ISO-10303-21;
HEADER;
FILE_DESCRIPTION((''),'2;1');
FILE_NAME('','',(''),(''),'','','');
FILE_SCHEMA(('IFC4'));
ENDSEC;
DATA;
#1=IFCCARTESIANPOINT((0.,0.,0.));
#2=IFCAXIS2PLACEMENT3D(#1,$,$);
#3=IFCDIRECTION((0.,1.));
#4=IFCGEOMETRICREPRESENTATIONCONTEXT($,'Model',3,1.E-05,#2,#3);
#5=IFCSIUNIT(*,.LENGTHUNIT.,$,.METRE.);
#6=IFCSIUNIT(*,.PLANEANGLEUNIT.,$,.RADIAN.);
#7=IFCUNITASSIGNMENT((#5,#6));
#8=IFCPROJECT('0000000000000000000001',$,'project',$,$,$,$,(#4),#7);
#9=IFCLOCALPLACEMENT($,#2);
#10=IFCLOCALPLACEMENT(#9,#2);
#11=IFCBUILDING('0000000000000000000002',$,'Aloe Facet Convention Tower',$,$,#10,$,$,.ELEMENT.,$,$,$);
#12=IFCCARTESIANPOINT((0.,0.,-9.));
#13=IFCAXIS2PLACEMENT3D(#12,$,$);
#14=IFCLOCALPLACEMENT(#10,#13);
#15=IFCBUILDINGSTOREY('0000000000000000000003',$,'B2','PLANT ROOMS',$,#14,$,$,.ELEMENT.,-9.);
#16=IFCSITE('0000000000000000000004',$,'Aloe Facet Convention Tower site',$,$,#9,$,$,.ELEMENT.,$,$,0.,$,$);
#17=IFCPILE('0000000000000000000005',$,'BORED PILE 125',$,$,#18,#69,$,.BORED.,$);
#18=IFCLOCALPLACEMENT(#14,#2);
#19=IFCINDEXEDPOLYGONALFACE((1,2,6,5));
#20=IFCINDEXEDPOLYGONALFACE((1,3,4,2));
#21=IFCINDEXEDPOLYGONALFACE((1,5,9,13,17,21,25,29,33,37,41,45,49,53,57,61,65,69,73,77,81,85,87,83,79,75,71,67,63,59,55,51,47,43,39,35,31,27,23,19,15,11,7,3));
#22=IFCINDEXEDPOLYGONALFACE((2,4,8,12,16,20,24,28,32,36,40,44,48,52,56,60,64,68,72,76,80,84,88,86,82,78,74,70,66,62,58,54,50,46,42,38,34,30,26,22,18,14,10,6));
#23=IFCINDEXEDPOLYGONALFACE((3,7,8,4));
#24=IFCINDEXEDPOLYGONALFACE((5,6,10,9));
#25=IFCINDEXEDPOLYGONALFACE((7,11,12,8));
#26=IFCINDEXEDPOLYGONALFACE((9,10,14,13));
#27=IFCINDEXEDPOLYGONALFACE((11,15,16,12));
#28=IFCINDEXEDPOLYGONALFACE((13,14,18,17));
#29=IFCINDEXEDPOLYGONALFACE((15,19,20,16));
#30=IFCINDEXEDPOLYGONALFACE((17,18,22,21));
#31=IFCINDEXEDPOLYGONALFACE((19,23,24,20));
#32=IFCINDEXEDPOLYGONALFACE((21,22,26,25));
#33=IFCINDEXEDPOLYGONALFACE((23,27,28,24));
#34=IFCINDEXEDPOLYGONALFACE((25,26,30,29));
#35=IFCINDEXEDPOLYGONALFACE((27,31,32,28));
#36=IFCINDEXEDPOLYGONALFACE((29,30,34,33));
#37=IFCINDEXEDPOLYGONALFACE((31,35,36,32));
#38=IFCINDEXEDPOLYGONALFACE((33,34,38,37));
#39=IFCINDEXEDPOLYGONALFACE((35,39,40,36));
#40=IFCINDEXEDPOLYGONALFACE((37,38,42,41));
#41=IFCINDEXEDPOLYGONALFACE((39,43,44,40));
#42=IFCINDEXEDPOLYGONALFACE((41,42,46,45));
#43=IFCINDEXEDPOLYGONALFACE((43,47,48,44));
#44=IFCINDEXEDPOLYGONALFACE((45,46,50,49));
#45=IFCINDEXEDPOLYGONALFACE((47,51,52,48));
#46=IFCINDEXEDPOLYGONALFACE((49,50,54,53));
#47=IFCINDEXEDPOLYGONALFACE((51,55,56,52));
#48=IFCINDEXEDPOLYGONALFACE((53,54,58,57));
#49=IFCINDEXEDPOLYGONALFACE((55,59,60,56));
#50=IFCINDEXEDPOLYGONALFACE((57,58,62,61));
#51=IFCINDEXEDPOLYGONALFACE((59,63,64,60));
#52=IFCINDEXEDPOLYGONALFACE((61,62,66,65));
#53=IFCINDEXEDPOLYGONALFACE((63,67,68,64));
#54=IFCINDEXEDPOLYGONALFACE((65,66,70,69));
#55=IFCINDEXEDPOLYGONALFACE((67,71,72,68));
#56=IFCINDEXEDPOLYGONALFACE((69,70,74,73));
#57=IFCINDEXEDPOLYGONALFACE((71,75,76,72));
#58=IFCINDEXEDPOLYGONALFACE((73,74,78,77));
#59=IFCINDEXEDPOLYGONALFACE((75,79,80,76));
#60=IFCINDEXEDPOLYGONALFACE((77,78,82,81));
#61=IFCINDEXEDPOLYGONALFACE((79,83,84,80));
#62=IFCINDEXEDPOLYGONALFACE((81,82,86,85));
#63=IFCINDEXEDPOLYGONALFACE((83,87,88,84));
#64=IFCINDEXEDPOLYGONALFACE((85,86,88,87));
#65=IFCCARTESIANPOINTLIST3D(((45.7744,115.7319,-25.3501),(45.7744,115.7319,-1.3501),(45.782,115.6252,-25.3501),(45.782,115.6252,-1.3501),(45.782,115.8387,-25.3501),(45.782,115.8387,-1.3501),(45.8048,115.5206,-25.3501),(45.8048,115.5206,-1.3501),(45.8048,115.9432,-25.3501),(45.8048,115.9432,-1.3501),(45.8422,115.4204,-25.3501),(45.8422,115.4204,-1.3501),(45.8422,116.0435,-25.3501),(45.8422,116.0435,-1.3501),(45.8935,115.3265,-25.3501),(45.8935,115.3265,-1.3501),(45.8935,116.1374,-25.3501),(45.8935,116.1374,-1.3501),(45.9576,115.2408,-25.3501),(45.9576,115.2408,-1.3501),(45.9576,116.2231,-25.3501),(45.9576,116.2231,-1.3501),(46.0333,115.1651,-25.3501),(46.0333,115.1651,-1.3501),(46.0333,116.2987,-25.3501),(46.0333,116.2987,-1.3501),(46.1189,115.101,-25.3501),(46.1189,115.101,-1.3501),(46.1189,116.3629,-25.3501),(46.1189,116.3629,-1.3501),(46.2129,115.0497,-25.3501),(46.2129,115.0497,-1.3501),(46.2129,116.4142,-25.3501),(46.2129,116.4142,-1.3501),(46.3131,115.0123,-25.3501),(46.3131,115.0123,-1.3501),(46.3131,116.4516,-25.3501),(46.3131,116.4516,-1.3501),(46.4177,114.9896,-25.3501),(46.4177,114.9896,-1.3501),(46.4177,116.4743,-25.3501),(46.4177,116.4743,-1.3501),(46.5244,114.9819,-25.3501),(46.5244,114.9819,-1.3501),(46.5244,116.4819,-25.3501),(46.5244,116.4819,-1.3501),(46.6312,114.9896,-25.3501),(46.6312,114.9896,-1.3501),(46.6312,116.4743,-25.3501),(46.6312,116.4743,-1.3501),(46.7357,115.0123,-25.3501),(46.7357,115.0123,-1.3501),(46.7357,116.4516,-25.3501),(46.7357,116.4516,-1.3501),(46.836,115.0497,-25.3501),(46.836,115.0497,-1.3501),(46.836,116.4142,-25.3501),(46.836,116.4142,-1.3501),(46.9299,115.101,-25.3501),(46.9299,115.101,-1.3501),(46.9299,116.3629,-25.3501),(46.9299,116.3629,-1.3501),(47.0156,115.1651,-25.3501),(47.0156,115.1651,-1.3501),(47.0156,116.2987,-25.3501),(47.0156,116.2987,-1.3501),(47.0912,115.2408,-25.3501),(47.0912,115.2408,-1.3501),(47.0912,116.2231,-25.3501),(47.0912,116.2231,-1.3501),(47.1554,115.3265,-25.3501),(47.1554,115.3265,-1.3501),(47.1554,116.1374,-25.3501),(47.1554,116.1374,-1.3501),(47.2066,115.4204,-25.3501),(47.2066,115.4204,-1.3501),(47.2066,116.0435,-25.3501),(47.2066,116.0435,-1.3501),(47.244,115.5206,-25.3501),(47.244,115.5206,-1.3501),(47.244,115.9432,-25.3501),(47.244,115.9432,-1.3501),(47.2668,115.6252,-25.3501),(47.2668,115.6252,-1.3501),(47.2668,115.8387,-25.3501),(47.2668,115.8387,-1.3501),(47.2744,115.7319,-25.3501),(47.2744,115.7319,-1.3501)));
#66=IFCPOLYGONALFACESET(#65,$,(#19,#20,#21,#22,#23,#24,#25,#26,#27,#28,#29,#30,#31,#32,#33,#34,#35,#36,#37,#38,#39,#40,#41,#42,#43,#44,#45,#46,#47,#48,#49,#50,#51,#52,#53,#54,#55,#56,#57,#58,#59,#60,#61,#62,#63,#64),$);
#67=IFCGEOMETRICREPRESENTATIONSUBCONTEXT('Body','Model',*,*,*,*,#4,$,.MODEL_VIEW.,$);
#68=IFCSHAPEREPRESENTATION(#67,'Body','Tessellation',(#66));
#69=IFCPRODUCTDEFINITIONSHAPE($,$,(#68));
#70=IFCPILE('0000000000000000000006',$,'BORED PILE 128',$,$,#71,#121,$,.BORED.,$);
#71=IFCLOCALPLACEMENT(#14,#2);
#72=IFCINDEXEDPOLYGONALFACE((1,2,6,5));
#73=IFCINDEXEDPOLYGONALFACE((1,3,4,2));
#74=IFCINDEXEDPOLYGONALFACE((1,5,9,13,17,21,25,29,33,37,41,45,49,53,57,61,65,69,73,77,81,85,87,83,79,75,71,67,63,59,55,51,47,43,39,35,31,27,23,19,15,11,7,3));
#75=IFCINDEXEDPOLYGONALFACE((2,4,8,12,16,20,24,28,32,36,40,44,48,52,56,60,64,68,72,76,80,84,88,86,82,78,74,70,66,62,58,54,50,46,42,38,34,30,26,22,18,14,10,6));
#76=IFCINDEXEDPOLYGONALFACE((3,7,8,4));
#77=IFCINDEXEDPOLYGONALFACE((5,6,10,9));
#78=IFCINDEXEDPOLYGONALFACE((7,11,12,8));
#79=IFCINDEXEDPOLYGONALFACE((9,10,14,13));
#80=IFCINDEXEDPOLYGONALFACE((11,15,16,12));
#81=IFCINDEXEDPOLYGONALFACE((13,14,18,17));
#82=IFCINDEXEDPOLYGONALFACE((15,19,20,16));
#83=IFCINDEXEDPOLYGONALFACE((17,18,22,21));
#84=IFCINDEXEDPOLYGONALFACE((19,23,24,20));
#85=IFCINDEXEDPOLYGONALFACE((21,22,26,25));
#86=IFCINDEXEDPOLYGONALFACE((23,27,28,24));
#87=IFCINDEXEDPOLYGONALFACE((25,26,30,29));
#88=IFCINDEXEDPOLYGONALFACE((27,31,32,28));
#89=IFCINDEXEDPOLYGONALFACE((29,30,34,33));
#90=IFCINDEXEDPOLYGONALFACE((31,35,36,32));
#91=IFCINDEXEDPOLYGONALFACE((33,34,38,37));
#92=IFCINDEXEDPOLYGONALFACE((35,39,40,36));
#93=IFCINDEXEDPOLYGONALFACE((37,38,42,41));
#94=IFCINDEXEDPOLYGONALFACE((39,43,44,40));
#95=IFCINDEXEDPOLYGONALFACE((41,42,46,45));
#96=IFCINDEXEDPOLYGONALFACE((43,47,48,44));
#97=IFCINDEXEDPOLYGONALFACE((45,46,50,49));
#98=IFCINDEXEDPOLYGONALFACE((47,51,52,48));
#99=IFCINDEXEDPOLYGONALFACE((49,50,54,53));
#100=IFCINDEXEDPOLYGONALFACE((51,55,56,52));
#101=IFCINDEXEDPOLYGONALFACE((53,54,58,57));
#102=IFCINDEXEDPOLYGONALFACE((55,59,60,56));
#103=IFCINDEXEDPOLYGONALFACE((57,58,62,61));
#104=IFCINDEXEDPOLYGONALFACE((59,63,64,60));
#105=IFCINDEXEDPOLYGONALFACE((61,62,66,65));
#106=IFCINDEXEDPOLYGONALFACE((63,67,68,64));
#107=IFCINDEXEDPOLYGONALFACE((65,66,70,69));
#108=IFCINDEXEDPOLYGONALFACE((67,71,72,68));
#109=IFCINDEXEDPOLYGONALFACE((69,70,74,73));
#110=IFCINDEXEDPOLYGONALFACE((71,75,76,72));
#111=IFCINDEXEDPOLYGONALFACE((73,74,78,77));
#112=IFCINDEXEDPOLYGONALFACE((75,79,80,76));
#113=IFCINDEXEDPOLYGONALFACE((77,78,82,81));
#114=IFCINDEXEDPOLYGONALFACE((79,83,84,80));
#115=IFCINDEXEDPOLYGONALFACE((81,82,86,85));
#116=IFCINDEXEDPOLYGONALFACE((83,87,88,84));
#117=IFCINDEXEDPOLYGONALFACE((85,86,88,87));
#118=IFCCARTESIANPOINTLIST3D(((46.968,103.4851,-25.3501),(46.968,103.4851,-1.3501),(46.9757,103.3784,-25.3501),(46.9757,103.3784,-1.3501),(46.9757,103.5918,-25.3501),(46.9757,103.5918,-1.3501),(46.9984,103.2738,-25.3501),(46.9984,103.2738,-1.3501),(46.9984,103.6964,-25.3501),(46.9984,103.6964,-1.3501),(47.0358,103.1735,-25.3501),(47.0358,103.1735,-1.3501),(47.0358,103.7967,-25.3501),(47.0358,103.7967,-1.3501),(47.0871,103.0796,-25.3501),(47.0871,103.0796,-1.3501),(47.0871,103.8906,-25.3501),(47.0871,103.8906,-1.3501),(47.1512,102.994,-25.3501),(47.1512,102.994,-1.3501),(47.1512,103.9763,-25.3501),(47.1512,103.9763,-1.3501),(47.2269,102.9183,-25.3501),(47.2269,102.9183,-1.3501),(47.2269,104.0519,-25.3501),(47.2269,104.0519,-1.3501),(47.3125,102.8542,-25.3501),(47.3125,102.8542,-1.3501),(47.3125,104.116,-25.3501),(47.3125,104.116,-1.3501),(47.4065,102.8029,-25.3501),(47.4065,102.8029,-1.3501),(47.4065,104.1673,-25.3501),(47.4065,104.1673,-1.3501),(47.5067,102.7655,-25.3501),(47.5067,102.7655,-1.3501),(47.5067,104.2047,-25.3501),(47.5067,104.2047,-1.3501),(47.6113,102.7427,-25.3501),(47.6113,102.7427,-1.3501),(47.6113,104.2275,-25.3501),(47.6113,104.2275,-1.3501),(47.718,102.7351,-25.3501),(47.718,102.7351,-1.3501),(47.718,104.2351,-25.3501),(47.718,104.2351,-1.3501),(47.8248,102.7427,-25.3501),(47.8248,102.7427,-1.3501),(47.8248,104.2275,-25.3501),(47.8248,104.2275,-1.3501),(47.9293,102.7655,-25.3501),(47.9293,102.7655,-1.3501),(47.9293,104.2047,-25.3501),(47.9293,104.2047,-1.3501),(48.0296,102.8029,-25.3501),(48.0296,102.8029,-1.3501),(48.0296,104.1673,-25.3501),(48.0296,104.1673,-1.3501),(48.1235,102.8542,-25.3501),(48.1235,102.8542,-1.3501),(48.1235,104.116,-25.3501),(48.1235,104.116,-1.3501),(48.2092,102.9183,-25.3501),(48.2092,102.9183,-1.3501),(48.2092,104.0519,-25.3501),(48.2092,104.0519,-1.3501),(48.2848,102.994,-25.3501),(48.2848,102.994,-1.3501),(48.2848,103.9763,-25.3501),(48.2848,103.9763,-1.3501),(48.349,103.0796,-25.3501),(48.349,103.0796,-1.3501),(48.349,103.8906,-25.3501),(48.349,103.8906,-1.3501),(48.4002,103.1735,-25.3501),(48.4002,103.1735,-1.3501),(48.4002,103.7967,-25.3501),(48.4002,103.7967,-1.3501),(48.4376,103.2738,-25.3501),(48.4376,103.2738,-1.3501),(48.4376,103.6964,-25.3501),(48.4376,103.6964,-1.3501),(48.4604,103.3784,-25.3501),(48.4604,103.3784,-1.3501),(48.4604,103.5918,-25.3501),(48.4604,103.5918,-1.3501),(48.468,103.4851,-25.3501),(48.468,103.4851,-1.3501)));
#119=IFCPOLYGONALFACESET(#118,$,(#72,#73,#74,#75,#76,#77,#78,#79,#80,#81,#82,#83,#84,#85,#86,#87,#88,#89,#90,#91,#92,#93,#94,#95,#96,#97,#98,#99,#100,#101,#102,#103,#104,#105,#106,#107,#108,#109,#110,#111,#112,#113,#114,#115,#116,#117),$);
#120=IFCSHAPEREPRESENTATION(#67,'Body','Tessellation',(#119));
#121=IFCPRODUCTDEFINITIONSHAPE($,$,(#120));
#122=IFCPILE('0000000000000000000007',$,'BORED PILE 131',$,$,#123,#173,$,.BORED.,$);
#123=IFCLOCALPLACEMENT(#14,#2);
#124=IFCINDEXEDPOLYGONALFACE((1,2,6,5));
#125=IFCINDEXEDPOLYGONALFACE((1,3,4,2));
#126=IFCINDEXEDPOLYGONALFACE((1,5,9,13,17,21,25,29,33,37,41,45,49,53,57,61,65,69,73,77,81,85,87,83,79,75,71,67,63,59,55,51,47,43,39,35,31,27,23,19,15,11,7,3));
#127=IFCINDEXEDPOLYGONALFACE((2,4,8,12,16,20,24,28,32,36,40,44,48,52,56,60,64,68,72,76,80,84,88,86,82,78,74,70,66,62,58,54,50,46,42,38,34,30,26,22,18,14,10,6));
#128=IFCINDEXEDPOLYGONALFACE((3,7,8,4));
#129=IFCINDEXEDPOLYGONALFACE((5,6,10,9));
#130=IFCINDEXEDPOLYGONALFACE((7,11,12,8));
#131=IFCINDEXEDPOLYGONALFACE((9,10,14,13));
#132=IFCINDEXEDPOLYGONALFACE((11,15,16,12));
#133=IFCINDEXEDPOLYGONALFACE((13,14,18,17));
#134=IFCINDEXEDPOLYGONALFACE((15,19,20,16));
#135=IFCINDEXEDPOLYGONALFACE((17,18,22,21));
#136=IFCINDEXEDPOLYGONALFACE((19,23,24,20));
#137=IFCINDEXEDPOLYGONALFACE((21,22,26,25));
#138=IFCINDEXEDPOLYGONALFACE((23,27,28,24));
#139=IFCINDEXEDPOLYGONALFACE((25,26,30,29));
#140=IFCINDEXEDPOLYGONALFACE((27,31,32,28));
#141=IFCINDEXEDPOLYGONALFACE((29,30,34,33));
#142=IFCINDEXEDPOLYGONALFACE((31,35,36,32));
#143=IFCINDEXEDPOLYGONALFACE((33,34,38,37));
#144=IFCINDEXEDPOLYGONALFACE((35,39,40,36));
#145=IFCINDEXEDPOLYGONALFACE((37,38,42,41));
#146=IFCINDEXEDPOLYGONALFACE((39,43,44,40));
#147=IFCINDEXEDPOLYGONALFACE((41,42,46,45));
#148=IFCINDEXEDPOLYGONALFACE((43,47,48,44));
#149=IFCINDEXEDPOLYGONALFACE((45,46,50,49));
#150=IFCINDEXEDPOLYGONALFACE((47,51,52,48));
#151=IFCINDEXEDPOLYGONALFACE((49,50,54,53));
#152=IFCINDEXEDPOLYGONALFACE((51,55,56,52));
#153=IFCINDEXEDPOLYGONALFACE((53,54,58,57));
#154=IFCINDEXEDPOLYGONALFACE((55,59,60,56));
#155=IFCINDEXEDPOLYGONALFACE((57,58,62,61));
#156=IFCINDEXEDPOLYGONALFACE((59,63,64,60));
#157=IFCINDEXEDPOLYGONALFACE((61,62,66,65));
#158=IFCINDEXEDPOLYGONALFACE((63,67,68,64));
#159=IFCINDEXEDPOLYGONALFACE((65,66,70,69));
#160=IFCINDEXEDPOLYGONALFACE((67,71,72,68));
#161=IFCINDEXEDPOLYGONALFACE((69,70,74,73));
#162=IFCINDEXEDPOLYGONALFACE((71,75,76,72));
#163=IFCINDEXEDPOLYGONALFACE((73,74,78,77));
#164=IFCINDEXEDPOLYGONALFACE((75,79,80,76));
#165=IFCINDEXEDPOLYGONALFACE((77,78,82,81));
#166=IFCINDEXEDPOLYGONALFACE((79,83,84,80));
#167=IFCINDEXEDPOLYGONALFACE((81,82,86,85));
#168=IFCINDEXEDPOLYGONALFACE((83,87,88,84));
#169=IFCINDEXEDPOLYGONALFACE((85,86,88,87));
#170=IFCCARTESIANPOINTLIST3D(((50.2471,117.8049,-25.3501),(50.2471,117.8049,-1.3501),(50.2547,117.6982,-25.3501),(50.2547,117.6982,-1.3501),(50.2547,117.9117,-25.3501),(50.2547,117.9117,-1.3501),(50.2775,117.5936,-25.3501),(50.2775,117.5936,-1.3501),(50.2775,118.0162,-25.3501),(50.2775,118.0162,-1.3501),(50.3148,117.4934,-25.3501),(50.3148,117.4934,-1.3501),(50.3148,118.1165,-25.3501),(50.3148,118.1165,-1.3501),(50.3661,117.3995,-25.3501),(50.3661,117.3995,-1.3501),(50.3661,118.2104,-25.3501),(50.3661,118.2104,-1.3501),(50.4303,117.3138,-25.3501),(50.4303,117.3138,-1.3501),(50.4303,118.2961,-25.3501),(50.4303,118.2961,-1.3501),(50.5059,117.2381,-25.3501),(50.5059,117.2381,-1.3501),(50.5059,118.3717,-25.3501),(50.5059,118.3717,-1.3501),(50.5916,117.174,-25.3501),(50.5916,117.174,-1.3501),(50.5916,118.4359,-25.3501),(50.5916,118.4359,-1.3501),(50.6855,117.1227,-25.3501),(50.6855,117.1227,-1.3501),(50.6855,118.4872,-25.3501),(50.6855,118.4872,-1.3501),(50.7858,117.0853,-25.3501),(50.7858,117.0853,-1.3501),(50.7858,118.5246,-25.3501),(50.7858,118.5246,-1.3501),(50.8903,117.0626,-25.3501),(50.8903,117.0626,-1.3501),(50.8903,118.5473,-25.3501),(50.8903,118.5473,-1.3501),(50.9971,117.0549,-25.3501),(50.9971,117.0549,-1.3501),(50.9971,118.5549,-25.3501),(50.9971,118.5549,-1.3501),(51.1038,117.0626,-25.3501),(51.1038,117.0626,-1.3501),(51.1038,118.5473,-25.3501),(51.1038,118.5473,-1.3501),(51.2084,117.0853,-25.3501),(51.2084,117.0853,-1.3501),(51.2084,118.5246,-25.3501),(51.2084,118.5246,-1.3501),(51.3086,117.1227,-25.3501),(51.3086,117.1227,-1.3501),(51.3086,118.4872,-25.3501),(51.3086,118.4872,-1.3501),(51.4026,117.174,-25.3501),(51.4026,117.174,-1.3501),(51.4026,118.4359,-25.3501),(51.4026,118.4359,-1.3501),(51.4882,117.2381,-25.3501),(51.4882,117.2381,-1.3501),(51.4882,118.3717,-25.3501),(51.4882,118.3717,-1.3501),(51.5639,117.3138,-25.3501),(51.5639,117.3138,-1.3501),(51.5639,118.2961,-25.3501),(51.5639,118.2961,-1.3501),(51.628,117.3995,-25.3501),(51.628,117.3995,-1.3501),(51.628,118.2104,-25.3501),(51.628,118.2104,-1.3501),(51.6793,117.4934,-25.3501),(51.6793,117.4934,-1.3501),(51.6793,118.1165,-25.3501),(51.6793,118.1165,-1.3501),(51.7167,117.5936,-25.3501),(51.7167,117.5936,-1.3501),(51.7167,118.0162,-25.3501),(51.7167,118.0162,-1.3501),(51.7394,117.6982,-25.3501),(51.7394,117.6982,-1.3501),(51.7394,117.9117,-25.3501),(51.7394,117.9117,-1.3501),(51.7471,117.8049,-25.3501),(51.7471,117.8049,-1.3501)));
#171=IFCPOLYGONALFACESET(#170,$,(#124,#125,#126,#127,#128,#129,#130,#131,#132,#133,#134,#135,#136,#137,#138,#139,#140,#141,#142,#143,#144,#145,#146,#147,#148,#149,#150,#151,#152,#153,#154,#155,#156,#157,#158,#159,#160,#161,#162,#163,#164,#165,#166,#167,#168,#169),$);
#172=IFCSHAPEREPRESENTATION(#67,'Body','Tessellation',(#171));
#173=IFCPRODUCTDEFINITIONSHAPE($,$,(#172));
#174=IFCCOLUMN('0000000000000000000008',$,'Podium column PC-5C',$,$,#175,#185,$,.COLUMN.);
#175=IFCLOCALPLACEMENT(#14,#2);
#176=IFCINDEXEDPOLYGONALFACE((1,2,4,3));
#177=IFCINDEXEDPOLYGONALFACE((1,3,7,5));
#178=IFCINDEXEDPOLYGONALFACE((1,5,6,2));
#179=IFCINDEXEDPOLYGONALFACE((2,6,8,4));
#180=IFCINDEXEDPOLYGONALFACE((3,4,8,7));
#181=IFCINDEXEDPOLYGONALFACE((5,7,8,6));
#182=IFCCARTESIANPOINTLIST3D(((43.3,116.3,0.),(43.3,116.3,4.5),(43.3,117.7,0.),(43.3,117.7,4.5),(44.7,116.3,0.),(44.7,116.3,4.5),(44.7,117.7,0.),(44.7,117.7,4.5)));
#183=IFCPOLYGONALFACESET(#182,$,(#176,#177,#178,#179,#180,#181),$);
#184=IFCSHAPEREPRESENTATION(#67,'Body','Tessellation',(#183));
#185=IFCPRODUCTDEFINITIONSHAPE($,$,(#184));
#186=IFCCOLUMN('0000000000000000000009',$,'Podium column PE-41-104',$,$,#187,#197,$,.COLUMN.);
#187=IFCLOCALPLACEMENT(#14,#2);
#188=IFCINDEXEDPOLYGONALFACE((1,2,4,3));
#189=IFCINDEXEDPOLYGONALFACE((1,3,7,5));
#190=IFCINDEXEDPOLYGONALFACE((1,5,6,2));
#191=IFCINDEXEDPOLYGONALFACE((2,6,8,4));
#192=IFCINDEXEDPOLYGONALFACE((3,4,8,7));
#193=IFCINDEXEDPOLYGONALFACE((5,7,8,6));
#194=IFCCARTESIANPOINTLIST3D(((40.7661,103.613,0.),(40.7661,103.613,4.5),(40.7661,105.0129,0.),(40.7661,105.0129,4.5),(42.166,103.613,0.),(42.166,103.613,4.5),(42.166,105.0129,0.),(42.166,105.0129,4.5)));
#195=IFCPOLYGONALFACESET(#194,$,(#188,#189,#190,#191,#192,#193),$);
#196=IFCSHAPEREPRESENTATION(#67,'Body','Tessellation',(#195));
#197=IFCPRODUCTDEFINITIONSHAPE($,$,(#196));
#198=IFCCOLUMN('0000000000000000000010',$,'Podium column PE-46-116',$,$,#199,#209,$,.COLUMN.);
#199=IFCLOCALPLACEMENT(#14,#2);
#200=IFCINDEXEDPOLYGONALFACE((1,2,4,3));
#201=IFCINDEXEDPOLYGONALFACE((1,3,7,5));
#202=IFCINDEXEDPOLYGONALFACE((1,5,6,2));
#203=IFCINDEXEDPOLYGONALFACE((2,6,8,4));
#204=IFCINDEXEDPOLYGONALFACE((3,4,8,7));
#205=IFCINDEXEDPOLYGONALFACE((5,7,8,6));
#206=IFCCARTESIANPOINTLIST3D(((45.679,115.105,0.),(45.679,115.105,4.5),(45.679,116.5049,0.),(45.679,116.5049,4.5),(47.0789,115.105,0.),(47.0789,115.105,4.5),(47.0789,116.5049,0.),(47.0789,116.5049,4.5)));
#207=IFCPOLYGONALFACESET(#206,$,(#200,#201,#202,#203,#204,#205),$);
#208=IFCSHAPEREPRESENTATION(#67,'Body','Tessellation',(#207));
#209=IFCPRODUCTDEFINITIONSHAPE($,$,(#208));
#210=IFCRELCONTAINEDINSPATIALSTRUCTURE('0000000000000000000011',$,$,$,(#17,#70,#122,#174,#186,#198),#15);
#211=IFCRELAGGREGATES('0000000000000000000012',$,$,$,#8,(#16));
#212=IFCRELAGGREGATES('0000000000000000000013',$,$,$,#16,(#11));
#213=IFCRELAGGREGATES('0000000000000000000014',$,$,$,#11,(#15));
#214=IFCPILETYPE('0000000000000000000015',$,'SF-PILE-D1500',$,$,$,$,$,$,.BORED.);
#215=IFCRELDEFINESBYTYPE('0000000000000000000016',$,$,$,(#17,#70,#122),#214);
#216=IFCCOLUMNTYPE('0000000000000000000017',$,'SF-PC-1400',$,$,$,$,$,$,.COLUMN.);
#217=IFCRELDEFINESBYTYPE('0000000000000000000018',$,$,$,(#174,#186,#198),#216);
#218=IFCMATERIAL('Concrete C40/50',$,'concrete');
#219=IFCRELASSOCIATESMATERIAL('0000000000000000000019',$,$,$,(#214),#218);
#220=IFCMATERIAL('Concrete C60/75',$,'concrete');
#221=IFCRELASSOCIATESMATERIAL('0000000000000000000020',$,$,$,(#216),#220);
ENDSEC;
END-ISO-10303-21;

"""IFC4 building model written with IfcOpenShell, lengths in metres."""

from ifc_helpers import new_model, si_unit, direction, frame, origin, origin_2d, place, context, subcontext, project, spatial, rectangle, circle, extrude, material, material_profile, profile_set, type_object, element, save


model = new_model("IFC4")

# Units and contexts
model_context = context("Model", 3, precision=1e-05, world=origin(), true_north=direction((0.0, 1.0)))
body_context = subcontext(model_context, "Body", "Model", "MODEL_VIEW")
ifc_project = project(units=[si_unit("LENGTHUNIT", "METRE"), si_unit("PLANEANGLEUNIT", "RADIAN")], contexts=[model_context])

# Site, building, storey
site_placement = place(None, origin())
site = spatial("IfcSite", under=ifc_project, at=site_placement, Name="Aloe Facet Convention Tower site", CompositionType="ELEMENT", RefElevation=0.0)
building_placement = place(site_placement, origin())
building = spatial("IfcBuilding", under=site, at=building_placement, Name="Aloe Facet Convention Tower", CompositionType="ELEMENT")
storey_placement = place(building_placement, frame((0.0, 0.0, -9.0)))
storey = spatial("IfcBuildingStorey", under=building, at=storey_placement, Name="B2", Description="PLANT ROOMS", CompositionType="ELEMENT", Elevation=-9.0)

# Piles
ifc_material_1 = material(Name="Concrete C40/50", Category="concrete")
ifc_material_profile_1 = material_profile(ifc_material_1, circle(Radius=0.75, at=origin_2d()), Name="D1500")
ifc_profile_set_1 = profile_set([ifc_material_profile_1], Name="Concrete C40/50")
pile_type = type_object("IfcPileType", Name="SF-PILE-D1500", PredefinedType="BORED", material=ifc_profile_set_1)
for number, where, z_axis, x_axis, name in (
    (1, (46.5244, 115.7319, -1.3501), (0.0, 0.0, -1.0), (1.0, 0.0, 0.0), "BORED PILE 125"),
    (2, (47.718, 103.4851, -1.3501), (0.0, 0.0, -1.0), (1.0, 0.0, 0.0), "BORED PILE 128"),
    (3, (50.9971, 117.8049, -1.3501), (0.0, 0.0, -1.0), (1.0, 0.0, 0.0), "BORED PILE 131"),
):
    element("IfcPile", number, at=place(storey_placement, frame(where, z_axis=z_axis, x_axis=x_axis)), inside=storey, type_object=pile_type, Name=name, PredefinedType="BORED", context=body_context, shape_type="SweptSolid", body=[
        extrude(circle(Radius=0.75, at=origin_2d()), origin(), (0.0, 0.0, 1.0), 24.0),
    ])

# Columns
ifc_material_2 = material(Name="Concrete C60/75", Category="concrete")
ifc_material_profile_2 = material_profile(ifc_material_2, rectangle(XDim=1.3999, YDim=1.3999, at=origin_2d()), Name="SF-PC-1400")
ifc_profile_set_2 = profile_set([ifc_material_profile_2], Name="Concrete C60/75")
column_type = type_object("IfcColumnType", Name="SF-PC-1400", PredefinedType="COLUMN", material=ifc_profile_set_2)
for number, where, z_axis, x_axis, name in (
    (4, (44.0, 117.0, 0.0), (0.0, 0.0, 1.0), (1.0, 0.0, 0.0), "Podium column PC-5C"),
    (5, (41.4661, 104.313, 0.0), (0.0, 0.0, 1.0), (1.0, 0.0, 0.0), "Podium column PE-41-104"),
    (6, (46.3789, 115.8049, 0.0), (0.0, 0.0, 1.0), (1.0, 0.0, 0.0), "Podium column PE-46-116"),
):
    element("IfcColumn", number, at=place(storey_placement, frame(where, z_axis=z_axis, x_axis=x_axis)), inside=storey, type_object=column_type, Name=name, PredefinedType="COLUMN", context=body_context, shape_type="SweptSolid", body=[
        extrude(rectangle(XDim=1.3999, YDim=1.3999, at=origin_2d()), origin(), (0.0, 0.0, 1.0), 4.5),
    ])

save(model, "model.ifc")
